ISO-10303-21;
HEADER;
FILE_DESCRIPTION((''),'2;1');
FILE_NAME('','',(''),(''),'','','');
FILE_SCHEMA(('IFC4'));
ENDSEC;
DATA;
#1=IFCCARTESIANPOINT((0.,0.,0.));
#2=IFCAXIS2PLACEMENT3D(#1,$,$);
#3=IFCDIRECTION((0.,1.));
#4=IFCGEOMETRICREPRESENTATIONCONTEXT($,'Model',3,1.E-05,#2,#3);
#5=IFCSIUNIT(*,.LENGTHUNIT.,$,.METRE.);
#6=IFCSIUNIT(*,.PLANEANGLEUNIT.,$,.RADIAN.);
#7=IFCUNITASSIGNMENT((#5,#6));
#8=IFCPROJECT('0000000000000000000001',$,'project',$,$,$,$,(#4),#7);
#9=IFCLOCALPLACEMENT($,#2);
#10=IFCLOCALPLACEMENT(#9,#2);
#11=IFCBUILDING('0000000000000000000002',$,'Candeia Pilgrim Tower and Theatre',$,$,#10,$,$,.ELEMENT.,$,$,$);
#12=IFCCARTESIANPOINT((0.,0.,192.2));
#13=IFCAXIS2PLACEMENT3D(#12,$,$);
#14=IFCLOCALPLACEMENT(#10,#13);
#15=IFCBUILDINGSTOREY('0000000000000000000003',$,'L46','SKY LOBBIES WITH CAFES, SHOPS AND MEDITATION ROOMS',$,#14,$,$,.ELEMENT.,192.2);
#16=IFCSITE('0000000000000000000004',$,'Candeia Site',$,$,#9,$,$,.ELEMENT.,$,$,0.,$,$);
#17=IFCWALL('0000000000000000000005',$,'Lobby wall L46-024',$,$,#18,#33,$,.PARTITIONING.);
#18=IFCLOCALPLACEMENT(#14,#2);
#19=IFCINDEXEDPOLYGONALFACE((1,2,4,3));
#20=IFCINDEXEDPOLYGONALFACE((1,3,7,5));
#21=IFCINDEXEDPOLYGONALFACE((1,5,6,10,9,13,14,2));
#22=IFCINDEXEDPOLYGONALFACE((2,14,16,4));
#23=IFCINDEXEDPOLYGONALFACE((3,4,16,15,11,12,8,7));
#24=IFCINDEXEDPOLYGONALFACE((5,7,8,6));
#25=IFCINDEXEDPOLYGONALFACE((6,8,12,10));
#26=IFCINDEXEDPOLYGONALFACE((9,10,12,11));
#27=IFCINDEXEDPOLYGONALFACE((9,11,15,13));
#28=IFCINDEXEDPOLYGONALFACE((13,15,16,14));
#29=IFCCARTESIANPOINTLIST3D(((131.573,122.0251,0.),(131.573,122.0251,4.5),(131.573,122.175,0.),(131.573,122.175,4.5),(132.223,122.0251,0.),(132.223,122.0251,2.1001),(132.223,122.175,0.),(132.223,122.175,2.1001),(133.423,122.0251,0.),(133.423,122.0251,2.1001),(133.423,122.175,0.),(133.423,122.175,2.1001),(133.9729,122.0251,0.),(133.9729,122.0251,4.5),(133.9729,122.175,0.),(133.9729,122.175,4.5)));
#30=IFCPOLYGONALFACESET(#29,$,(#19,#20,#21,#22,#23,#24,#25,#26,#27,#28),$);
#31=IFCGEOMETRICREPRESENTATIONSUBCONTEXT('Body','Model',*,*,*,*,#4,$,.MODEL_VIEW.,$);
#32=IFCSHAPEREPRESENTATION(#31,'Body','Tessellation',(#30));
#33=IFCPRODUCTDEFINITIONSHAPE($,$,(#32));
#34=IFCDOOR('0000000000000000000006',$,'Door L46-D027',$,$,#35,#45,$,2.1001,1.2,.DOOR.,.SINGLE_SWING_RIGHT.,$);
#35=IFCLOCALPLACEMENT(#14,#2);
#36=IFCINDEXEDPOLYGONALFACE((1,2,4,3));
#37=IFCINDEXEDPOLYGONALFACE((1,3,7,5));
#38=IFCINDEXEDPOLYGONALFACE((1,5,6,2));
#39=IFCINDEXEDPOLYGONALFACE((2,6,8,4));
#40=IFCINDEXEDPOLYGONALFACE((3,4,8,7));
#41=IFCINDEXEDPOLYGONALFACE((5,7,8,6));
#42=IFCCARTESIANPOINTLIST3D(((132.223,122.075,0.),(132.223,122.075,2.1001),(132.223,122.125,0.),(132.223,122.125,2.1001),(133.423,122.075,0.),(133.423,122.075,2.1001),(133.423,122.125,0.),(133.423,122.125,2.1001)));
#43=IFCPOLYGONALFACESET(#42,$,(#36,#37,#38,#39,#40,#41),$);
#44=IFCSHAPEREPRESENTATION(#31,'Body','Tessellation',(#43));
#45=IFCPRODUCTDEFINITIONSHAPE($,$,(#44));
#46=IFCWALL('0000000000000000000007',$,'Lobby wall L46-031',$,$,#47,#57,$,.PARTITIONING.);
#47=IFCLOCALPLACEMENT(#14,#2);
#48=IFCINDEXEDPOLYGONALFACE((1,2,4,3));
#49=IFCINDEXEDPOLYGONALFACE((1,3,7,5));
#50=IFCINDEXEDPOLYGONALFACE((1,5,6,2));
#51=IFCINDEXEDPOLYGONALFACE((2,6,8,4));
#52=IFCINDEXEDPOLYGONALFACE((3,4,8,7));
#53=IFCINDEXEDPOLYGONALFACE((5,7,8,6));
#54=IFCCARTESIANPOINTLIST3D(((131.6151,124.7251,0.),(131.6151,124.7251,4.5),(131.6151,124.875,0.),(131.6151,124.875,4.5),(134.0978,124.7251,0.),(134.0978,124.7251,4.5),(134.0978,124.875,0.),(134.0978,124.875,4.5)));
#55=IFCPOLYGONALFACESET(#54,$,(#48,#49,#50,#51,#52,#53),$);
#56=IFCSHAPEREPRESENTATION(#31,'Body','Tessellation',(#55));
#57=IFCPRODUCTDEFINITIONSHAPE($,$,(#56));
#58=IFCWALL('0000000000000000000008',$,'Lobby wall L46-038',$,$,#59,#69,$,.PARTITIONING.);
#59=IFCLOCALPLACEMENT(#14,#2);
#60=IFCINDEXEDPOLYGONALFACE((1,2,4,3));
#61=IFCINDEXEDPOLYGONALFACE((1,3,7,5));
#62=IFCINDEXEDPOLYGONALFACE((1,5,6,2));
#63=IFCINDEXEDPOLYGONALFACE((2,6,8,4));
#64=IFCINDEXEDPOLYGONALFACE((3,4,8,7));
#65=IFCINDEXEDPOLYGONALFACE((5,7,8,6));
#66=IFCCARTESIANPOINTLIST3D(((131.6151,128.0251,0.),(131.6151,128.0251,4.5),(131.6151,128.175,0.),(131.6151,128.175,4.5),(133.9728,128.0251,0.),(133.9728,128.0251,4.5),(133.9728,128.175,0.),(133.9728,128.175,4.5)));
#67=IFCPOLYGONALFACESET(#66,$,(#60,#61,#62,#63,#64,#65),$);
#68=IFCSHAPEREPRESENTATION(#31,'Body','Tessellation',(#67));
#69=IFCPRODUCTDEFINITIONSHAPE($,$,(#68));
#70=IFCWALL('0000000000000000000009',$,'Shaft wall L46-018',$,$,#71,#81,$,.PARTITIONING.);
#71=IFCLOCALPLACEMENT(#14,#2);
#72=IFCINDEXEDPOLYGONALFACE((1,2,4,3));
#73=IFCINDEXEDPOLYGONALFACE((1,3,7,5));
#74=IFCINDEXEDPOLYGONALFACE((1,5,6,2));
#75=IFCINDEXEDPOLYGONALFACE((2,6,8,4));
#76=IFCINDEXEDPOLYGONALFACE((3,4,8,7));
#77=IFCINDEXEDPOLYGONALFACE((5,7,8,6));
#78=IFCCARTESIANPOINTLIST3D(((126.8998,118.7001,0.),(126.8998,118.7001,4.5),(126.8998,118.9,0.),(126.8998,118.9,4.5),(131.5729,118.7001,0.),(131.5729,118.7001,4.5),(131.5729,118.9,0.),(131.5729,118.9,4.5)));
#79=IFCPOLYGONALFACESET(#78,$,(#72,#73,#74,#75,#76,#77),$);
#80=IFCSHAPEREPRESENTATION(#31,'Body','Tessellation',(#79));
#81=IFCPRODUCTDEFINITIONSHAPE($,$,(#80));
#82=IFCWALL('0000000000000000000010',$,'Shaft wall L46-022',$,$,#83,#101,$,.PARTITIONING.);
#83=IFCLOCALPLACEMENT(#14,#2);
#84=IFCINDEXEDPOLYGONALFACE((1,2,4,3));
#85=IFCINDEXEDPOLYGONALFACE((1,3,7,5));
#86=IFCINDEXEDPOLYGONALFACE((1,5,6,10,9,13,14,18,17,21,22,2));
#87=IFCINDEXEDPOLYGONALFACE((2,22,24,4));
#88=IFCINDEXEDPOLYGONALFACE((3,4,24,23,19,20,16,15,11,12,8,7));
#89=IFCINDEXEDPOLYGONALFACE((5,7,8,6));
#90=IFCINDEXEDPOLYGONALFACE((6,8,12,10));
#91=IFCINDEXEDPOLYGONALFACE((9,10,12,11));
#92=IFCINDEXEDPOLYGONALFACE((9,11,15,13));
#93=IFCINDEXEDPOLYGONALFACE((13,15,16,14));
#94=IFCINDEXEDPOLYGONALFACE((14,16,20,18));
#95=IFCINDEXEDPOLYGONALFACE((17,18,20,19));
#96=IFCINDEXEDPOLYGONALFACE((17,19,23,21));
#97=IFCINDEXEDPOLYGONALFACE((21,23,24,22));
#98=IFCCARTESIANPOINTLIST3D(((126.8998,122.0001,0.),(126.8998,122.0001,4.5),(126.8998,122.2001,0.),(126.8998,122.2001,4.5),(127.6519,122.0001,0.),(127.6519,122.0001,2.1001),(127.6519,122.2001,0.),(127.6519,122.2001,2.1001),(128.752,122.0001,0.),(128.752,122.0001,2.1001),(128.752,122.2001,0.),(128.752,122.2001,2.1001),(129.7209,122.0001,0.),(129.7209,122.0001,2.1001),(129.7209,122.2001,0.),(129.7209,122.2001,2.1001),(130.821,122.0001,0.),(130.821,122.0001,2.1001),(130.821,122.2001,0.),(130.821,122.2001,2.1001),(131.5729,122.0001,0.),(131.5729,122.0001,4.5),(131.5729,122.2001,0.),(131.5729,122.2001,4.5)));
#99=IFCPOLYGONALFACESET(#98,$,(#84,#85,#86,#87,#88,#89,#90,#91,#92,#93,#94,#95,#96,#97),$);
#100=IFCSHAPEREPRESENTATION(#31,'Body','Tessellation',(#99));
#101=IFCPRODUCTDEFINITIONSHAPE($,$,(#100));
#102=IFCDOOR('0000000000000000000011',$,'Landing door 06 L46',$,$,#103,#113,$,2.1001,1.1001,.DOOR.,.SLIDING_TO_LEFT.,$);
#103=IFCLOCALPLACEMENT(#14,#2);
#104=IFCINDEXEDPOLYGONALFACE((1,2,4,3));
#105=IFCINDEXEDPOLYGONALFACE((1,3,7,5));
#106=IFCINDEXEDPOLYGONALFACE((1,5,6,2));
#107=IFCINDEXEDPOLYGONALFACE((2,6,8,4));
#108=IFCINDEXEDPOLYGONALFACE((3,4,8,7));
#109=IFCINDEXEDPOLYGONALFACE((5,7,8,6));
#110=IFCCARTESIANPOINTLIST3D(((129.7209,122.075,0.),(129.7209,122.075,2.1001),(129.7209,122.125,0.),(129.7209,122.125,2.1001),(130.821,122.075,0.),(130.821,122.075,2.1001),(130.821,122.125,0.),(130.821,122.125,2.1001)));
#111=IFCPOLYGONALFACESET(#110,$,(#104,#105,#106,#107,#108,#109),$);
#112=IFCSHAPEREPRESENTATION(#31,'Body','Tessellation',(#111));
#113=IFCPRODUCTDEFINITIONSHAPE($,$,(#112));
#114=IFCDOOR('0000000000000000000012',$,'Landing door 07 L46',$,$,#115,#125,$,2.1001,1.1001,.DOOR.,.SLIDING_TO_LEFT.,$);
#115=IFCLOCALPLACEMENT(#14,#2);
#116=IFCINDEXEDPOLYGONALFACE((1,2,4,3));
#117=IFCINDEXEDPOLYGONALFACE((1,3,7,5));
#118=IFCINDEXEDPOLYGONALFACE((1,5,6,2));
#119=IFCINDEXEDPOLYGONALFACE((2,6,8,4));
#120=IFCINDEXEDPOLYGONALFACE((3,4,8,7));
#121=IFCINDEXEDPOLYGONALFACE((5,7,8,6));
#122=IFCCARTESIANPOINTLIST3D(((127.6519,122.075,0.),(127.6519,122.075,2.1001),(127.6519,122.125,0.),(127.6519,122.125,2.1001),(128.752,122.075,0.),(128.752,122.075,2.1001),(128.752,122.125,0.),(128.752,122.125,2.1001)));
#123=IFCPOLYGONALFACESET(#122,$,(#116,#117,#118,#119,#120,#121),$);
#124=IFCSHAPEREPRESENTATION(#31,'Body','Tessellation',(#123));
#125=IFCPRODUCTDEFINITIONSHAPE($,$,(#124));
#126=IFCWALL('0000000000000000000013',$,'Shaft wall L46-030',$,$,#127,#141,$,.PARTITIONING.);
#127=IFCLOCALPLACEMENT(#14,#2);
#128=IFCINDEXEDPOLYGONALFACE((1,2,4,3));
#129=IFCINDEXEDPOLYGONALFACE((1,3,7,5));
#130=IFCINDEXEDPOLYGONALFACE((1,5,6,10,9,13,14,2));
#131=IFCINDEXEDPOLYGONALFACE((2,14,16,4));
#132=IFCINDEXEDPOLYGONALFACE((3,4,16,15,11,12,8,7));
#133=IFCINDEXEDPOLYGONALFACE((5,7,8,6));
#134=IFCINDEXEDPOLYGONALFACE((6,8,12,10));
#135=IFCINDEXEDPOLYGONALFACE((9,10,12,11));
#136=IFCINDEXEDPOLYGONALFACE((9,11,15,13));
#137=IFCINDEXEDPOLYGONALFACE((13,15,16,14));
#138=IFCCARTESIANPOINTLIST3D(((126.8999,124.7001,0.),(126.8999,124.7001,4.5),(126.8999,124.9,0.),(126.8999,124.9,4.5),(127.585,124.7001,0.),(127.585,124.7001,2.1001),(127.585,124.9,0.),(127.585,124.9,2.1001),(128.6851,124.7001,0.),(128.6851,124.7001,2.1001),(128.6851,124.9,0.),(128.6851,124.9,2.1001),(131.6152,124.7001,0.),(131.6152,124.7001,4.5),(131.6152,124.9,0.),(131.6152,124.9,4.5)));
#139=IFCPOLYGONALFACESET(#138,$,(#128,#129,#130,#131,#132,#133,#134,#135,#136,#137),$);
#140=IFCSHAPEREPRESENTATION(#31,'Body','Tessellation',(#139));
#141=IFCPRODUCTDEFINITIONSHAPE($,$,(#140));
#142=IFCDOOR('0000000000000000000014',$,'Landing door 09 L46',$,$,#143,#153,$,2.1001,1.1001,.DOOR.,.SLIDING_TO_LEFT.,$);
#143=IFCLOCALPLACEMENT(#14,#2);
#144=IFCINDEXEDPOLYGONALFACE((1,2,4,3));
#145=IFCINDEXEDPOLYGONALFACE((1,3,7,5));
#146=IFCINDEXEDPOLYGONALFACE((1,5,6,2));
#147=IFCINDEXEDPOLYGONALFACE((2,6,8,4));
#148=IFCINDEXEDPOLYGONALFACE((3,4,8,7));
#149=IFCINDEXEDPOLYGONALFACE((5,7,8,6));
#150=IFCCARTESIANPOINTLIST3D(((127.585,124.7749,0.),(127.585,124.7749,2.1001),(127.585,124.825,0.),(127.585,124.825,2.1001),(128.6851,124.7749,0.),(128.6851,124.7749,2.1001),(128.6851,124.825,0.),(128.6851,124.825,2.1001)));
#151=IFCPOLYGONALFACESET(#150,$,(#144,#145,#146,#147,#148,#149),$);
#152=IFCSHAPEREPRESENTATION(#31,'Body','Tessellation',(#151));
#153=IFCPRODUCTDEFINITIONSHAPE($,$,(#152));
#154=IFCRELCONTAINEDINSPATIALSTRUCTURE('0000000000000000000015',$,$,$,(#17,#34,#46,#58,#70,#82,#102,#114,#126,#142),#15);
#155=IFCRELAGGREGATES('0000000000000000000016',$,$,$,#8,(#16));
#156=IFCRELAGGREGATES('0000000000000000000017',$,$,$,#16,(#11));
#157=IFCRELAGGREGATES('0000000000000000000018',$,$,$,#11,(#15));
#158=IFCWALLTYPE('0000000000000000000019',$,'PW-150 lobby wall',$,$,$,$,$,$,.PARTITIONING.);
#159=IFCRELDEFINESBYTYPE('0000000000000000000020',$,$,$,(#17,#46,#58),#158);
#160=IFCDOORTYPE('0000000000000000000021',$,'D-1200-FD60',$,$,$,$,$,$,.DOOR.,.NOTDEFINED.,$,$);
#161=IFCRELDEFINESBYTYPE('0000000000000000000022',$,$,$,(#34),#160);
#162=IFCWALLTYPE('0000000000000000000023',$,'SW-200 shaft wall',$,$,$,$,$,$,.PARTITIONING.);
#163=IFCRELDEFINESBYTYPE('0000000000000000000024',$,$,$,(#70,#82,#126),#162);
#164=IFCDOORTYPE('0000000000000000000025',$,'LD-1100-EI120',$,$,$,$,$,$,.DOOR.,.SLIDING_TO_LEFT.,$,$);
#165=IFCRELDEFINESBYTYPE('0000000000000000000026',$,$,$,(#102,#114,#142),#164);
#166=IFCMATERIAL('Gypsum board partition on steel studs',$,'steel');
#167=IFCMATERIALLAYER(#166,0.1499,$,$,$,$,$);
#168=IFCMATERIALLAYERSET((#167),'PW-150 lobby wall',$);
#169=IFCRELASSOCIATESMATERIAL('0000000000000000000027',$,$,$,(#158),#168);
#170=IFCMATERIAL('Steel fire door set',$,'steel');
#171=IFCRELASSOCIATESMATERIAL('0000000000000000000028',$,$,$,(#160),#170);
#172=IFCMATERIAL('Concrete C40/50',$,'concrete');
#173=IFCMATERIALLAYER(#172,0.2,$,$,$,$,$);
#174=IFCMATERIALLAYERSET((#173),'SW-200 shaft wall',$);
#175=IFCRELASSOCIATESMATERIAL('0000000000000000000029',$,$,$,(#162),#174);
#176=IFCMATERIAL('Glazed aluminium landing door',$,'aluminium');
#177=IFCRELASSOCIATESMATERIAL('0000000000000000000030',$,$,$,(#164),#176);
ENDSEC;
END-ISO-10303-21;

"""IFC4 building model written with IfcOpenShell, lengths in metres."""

from ifc_helpers import new_model, si_unit, direction, frame, frame_2d, origin, place, context, subcontext, project, spatial, rectangle, extrude, material, layer, layer_set, type_object, element, fill, save


model = new_model("IFC4")

# Units and contexts
model_context = context("Model", 3, precision=1e-05, world=origin(), true_north=direction((0.0, 1.0)))
body_context = subcontext(model_context, "Body", "Model", "MODEL_VIEW")
ifc_project = project(units=[si_unit("LENGTHUNIT", "METRE"), si_unit("PLANEANGLEUNIT", "RADIAN")], contexts=[model_context])

# Site, building, storey
site_placement = place(None, origin())
site = spatial("IfcSite", under=ifc_project, at=site_placement, Name="Candeia Site", CompositionType="ELEMENT", RefElevation=0.0)
building_placement = place(site_placement, origin())
building = spatial("IfcBuilding", under=site, at=building_placement, Name="Candeia Pilgrim Tower and Theatre", CompositionType="ELEMENT")
storey_placement = place(building_placement, frame((0.0, 0.0, 192.2)))
storey = spatial("IfcBuildingStorey", under=building, at=storey_placement, Name="L46", Description="SKY LOBBIES WITH CAFES, SHOPS AND MEDITATION ROOMS", CompositionType="ELEMENT", Elevation=192.2)

# Wall, opening, door
ifc_material_1 = material(Name="Gypsum board partition on steel studs", Category="steel")
ifc_layer_1 = layer(ifc_material_1, 0.1499)
ifc_layer_set_1 = layer_set([ifc_layer_1], Name="PW-150 lobby wall")
wall_type_1 = type_object("IfcWallType", Name="PW-150 lobby wall", PredefinedType="PARTITIONING", material=ifc_layer_set_1)
wall_1_placement = place(storey_placement, frame((131.573, 122.1001, 0.0), z_axis=(0.0, 0.0, 1.0), x_axis=(1.0, 0.0, 0.0)))
wall_1 = element("IfcWall", 1, at=wall_1_placement, inside=storey, type_object=wall_type_1, Name="Lobby wall L46-024", PredefinedType="PARTITIONING", context=body_context, shape_type="SweptSolid", body=[
    extrude(rectangle(XDim=2.3999, YDim=0.1499, at=frame_2d((1.2, 0.0))), origin(), (0.0, 0.0, 1.0), 4.5),
])
opening_1_placement = place(wall_1_placement, frame((0.6499, 0.0, 0.0)))
opening_1 = element("IfcOpeningElement", 2, at=opening_1_placement, cuts=wall_1, PredefinedType="OPENING", context=body_context, shape_type="SweptSolid", body=[
    extrude(rectangle(XDim=1.2, YDim=2.1001, at=frame_2d((0.6001, 1.05))), frame((0.0, 0.085, 0.0), z_axis=(0.0, -1.0, 0.0), x_axis=(1.0, 0.0, 0.0)), (0.0, 0.0, 1.0), 0.1699),
])
ifc_material_2 = material(Name="Steel fire door set", Category="steel")
door_type_1 = type_object("IfcDoorType", Name="D-1200-FD60", OperationType="NOTDEFINED", PredefinedType="DOOR", material=ifc_material_2)
door_1_placement = place(opening_1_placement, origin())
door_1 = element("IfcDoor", 3, at=door_1_placement, inside=storey, type_object=door_type_1, Name="Door L46-D027", OperationType="SINGLE_SWING_RIGHT", OverallHeight=2.1001, OverallWidth=1.2, PredefinedType="DOOR", context=body_context, shape_type="SweptSolid", body=[
    extrude(rectangle(XDim=1.2, YDim=2.1001, at=frame_2d((0.6001, 1.05))), frame((0.0, 0.0249, 0.0), z_axis=(0.0, -1.0, 0.0), x_axis=(1.0, 0.0, 0.0)), (0.0, 0.0, 1.0), 0.05),
])
fill(opening_1, door_1)

# Walls
wall_2_placement = place(storey_placement, frame((131.6152, 124.8, 0.0), z_axis=(0.0, 0.0, 1.0), x_axis=(1.0, 0.0, 0.0)))
element("IfcWall", 4, at=wall_2_placement, inside=storey, type_object=wall_type_1, Name="Lobby wall L46-031", PredefinedType="PARTITIONING", context=body_context, shape_type="SweptSolid", body=[
    extrude(rectangle(XDim=2.4827, YDim=0.1499, at=frame_2d((1.2412, 0.0))), origin(), (0.0, 0.0, 1.0), 4.5),
])
wall_3_placement = place(storey_placement, frame((131.6152, 128.1001, 0.0), z_axis=(0.0, 0.0, 1.0), x_axis=(1.0, 0.0, 0.0)))
element("IfcWall", 5, at=wall_3_placement, inside=storey, type_object=wall_type_1, Name="Lobby wall L46-038", PredefinedType="PARTITIONING", context=body_context, shape_type="SweptSolid", body=[
    extrude(rectangle(XDim=2.3577, YDim=0.1499, at=frame_2d((1.1787, 0.0))), origin(), (0.0, 0.0, 1.0), 4.5),
])
ifc_material_3 = material(Name="Concrete C40/50", Category="concrete")
ifc_layer_2 = layer(ifc_material_3, 0.2)
ifc_layer_set_2 = layer_set([ifc_layer_2], Name="SW-200 shaft wall")
wall_type_2 = type_object("IfcWallType", Name="SW-200 shaft wall", PredefinedType="PARTITIONING", material=ifc_layer_set_2)
wall_4_placement = place(storey_placement, frame((126.8999, 118.8, 0.0), z_axis=(0.0, 0.0, 1.0), x_axis=(1.0, 0.0, 0.0)))
element("IfcWall", 6, at=wall_4_placement, inside=storey, type_object=wall_type_2, Name="Shaft wall L46-018", PredefinedType="PARTITIONING", context=body_context, shape_type="SweptSolid", body=[
    extrude(rectangle(XDim=4.6731, YDim=0.2, at=frame_2d((2.3364, 0.0))), origin(), (0.0, 0.0, 1.0), 4.5),
])

# Wall, openings, doors
wall_5_placement = place(storey_placement, frame((126.8999, 122.1001, 0.0), z_axis=(0.0, 0.0, 1.0), x_axis=(1.0, 0.0, 0.0)))
wall_5 = element("IfcWall", 7, at=wall_5_placement, inside=storey, type_object=wall_type_2, Name="Shaft wall L46-022", PredefinedType="PARTITIONING", context=body_context, shape_type="SweptSolid", body=[
    extrude(rectangle(XDim=4.6731, YDim=0.2, at=frame_2d((2.3364, 0.0))), origin(), (0.0, 0.0, 1.0), 4.5),
])
opening_2_placement = place(wall_5_placement, frame((2.821, 0.0, 0.0)))
opening_2 = element("IfcOpeningElement", 8, at=opening_2_placement, cuts=wall_5, PredefinedType="OPENING", context=body_context, shape_type="SweptSolid", body=[
    extrude(rectangle(XDim=1.1001, YDim=2.1001, at=frame_2d((0.55, 1.05))), frame((0.0, 0.1099, 0.0), z_axis=(0.0, -1.0, 0.0), x_axis=(1.0, 0.0, 0.0)), (0.0, 0.0, 1.0), 0.22),
])
opening_3_placement = place(wall_5_placement, frame((0.752, 0.0, 0.0)))
opening_3 = element("IfcOpeningElement", 9, at=opening_3_placement, cuts=wall_5, PredefinedType="OPENING", context=body_context, shape_type="SweptSolid", body=[
    extrude(rectangle(XDim=1.1001, YDim=2.1001, at=frame_2d((0.55, 1.05))), frame((0.0, 0.1099, 0.0), z_axis=(0.0, -1.0, 0.0), x_axis=(1.0, 0.0, 0.0)), (0.0, 0.0, 1.0), 0.22),
])
ifc_material_4 = material(Name="Glazed aluminium landing door", Category="aluminium")
door_type_2 = type_object("IfcDoorType", Name="LD-1100-EI120", OperationType="SLIDING_TO_LEFT", PredefinedType="DOOR", material=ifc_material_4)
door_2_placement = place(opening_2_placement, origin())
door_2 = element("IfcDoor", 10, at=door_2_placement, inside=storey, type_object=door_type_2, Name="Landing door 06 L46", OperationType="SLIDING_TO_LEFT", OverallHeight=2.1001, OverallWidth=1.1001, PredefinedType="DOOR", context=body_context, shape_type="SweptSolid", body=[
    extrude(rectangle(XDim=1.1001, YDim=2.1001, at=frame_2d((0.55, 1.05))), frame((0.0, 0.0249, 0.0), z_axis=(0.0, -1.0, 0.0), x_axis=(1.0, 0.0, 0.0)), (0.0, 0.0, 1.0), 0.05),
])
fill(opening_2, door_2)
door_3_placement = place(opening_3_placement, origin())
door_3 = element("IfcDoor", 11, at=door_3_placement, inside=storey, type_object=door_type_2, Name="Landing door 07 L46", OperationType="SLIDING_TO_LEFT", OverallHeight=2.1001, OverallWidth=1.1001, PredefinedType="DOOR", context=body_context, shape_type="SweptSolid", body=[
    extrude(rectangle(XDim=1.1001, YDim=2.1001, at=frame_2d((0.55, 1.05))), frame((0.0, 0.0249, 0.0), z_axis=(0.0, -1.0, 0.0), x_axis=(1.0, 0.0, 0.0)), (0.0, 0.0, 1.0), 0.05),
])
fill(opening_3, door_3)

# Wall, opening, door
wall_6_placement = place(storey_placement, frame((126.8999, 124.8, 0.0), z_axis=(0.0, 0.0, 1.0), x_axis=(1.0, 0.0, 0.0)))
wall_6 = element("IfcWall", 12, at=wall_6_placement, inside=storey, type_object=wall_type_2, Name="Shaft wall L46-030", PredefinedType="PARTITIONING", context=body_context, shape_type="SweptSolid", body=[
    extrude(rectangle(XDim=4.7153, YDim=0.2, at=frame_2d((2.3577, 0.0))), origin(), (0.0, 0.0, 1.0), 4.5),
])
opening_4_placement = place(wall_6_placement, frame((0.6851, 0.0, 0.0)))
opening_4 = element("IfcOpeningElement", 13, at=opening_4_placement, cuts=wall_6, PredefinedType="OPENING", context=body_context, shape_type="SweptSolid", body=[
    extrude(rectangle(XDim=1.1001, YDim=2.1001, at=frame_2d((0.55, 1.05))), frame((0.0, 0.1099, 0.0), z_axis=(0.0, -1.0, 0.0), x_axis=(1.0, 0.0, 0.0)), (0.0, 0.0, 1.0), 0.22),
])
door_4_placement = place(opening_4_placement, origin())
door_4 = element("IfcDoor", 14, at=door_4_placement, inside=storey, type_object=door_type_2, Name="Landing door 09 L46", OperationType="SLIDING_TO_LEFT", OverallHeight=2.1001, OverallWidth=1.1001, PredefinedType="DOOR", context=body_context, shape_type="SweptSolid", body=[
    extrude(rectangle(XDim=1.1001, YDim=2.1001, at=frame_2d((0.55, 1.05))), frame((0.0, 0.0249, 0.0), z_axis=(0.0, -1.0, 0.0), x_axis=(1.0, 0.0, 0.0)), (0.0, 0.0, 1.0), 0.05),
])
fill(opening_4, door_4)

save(model, "model.ifc")
